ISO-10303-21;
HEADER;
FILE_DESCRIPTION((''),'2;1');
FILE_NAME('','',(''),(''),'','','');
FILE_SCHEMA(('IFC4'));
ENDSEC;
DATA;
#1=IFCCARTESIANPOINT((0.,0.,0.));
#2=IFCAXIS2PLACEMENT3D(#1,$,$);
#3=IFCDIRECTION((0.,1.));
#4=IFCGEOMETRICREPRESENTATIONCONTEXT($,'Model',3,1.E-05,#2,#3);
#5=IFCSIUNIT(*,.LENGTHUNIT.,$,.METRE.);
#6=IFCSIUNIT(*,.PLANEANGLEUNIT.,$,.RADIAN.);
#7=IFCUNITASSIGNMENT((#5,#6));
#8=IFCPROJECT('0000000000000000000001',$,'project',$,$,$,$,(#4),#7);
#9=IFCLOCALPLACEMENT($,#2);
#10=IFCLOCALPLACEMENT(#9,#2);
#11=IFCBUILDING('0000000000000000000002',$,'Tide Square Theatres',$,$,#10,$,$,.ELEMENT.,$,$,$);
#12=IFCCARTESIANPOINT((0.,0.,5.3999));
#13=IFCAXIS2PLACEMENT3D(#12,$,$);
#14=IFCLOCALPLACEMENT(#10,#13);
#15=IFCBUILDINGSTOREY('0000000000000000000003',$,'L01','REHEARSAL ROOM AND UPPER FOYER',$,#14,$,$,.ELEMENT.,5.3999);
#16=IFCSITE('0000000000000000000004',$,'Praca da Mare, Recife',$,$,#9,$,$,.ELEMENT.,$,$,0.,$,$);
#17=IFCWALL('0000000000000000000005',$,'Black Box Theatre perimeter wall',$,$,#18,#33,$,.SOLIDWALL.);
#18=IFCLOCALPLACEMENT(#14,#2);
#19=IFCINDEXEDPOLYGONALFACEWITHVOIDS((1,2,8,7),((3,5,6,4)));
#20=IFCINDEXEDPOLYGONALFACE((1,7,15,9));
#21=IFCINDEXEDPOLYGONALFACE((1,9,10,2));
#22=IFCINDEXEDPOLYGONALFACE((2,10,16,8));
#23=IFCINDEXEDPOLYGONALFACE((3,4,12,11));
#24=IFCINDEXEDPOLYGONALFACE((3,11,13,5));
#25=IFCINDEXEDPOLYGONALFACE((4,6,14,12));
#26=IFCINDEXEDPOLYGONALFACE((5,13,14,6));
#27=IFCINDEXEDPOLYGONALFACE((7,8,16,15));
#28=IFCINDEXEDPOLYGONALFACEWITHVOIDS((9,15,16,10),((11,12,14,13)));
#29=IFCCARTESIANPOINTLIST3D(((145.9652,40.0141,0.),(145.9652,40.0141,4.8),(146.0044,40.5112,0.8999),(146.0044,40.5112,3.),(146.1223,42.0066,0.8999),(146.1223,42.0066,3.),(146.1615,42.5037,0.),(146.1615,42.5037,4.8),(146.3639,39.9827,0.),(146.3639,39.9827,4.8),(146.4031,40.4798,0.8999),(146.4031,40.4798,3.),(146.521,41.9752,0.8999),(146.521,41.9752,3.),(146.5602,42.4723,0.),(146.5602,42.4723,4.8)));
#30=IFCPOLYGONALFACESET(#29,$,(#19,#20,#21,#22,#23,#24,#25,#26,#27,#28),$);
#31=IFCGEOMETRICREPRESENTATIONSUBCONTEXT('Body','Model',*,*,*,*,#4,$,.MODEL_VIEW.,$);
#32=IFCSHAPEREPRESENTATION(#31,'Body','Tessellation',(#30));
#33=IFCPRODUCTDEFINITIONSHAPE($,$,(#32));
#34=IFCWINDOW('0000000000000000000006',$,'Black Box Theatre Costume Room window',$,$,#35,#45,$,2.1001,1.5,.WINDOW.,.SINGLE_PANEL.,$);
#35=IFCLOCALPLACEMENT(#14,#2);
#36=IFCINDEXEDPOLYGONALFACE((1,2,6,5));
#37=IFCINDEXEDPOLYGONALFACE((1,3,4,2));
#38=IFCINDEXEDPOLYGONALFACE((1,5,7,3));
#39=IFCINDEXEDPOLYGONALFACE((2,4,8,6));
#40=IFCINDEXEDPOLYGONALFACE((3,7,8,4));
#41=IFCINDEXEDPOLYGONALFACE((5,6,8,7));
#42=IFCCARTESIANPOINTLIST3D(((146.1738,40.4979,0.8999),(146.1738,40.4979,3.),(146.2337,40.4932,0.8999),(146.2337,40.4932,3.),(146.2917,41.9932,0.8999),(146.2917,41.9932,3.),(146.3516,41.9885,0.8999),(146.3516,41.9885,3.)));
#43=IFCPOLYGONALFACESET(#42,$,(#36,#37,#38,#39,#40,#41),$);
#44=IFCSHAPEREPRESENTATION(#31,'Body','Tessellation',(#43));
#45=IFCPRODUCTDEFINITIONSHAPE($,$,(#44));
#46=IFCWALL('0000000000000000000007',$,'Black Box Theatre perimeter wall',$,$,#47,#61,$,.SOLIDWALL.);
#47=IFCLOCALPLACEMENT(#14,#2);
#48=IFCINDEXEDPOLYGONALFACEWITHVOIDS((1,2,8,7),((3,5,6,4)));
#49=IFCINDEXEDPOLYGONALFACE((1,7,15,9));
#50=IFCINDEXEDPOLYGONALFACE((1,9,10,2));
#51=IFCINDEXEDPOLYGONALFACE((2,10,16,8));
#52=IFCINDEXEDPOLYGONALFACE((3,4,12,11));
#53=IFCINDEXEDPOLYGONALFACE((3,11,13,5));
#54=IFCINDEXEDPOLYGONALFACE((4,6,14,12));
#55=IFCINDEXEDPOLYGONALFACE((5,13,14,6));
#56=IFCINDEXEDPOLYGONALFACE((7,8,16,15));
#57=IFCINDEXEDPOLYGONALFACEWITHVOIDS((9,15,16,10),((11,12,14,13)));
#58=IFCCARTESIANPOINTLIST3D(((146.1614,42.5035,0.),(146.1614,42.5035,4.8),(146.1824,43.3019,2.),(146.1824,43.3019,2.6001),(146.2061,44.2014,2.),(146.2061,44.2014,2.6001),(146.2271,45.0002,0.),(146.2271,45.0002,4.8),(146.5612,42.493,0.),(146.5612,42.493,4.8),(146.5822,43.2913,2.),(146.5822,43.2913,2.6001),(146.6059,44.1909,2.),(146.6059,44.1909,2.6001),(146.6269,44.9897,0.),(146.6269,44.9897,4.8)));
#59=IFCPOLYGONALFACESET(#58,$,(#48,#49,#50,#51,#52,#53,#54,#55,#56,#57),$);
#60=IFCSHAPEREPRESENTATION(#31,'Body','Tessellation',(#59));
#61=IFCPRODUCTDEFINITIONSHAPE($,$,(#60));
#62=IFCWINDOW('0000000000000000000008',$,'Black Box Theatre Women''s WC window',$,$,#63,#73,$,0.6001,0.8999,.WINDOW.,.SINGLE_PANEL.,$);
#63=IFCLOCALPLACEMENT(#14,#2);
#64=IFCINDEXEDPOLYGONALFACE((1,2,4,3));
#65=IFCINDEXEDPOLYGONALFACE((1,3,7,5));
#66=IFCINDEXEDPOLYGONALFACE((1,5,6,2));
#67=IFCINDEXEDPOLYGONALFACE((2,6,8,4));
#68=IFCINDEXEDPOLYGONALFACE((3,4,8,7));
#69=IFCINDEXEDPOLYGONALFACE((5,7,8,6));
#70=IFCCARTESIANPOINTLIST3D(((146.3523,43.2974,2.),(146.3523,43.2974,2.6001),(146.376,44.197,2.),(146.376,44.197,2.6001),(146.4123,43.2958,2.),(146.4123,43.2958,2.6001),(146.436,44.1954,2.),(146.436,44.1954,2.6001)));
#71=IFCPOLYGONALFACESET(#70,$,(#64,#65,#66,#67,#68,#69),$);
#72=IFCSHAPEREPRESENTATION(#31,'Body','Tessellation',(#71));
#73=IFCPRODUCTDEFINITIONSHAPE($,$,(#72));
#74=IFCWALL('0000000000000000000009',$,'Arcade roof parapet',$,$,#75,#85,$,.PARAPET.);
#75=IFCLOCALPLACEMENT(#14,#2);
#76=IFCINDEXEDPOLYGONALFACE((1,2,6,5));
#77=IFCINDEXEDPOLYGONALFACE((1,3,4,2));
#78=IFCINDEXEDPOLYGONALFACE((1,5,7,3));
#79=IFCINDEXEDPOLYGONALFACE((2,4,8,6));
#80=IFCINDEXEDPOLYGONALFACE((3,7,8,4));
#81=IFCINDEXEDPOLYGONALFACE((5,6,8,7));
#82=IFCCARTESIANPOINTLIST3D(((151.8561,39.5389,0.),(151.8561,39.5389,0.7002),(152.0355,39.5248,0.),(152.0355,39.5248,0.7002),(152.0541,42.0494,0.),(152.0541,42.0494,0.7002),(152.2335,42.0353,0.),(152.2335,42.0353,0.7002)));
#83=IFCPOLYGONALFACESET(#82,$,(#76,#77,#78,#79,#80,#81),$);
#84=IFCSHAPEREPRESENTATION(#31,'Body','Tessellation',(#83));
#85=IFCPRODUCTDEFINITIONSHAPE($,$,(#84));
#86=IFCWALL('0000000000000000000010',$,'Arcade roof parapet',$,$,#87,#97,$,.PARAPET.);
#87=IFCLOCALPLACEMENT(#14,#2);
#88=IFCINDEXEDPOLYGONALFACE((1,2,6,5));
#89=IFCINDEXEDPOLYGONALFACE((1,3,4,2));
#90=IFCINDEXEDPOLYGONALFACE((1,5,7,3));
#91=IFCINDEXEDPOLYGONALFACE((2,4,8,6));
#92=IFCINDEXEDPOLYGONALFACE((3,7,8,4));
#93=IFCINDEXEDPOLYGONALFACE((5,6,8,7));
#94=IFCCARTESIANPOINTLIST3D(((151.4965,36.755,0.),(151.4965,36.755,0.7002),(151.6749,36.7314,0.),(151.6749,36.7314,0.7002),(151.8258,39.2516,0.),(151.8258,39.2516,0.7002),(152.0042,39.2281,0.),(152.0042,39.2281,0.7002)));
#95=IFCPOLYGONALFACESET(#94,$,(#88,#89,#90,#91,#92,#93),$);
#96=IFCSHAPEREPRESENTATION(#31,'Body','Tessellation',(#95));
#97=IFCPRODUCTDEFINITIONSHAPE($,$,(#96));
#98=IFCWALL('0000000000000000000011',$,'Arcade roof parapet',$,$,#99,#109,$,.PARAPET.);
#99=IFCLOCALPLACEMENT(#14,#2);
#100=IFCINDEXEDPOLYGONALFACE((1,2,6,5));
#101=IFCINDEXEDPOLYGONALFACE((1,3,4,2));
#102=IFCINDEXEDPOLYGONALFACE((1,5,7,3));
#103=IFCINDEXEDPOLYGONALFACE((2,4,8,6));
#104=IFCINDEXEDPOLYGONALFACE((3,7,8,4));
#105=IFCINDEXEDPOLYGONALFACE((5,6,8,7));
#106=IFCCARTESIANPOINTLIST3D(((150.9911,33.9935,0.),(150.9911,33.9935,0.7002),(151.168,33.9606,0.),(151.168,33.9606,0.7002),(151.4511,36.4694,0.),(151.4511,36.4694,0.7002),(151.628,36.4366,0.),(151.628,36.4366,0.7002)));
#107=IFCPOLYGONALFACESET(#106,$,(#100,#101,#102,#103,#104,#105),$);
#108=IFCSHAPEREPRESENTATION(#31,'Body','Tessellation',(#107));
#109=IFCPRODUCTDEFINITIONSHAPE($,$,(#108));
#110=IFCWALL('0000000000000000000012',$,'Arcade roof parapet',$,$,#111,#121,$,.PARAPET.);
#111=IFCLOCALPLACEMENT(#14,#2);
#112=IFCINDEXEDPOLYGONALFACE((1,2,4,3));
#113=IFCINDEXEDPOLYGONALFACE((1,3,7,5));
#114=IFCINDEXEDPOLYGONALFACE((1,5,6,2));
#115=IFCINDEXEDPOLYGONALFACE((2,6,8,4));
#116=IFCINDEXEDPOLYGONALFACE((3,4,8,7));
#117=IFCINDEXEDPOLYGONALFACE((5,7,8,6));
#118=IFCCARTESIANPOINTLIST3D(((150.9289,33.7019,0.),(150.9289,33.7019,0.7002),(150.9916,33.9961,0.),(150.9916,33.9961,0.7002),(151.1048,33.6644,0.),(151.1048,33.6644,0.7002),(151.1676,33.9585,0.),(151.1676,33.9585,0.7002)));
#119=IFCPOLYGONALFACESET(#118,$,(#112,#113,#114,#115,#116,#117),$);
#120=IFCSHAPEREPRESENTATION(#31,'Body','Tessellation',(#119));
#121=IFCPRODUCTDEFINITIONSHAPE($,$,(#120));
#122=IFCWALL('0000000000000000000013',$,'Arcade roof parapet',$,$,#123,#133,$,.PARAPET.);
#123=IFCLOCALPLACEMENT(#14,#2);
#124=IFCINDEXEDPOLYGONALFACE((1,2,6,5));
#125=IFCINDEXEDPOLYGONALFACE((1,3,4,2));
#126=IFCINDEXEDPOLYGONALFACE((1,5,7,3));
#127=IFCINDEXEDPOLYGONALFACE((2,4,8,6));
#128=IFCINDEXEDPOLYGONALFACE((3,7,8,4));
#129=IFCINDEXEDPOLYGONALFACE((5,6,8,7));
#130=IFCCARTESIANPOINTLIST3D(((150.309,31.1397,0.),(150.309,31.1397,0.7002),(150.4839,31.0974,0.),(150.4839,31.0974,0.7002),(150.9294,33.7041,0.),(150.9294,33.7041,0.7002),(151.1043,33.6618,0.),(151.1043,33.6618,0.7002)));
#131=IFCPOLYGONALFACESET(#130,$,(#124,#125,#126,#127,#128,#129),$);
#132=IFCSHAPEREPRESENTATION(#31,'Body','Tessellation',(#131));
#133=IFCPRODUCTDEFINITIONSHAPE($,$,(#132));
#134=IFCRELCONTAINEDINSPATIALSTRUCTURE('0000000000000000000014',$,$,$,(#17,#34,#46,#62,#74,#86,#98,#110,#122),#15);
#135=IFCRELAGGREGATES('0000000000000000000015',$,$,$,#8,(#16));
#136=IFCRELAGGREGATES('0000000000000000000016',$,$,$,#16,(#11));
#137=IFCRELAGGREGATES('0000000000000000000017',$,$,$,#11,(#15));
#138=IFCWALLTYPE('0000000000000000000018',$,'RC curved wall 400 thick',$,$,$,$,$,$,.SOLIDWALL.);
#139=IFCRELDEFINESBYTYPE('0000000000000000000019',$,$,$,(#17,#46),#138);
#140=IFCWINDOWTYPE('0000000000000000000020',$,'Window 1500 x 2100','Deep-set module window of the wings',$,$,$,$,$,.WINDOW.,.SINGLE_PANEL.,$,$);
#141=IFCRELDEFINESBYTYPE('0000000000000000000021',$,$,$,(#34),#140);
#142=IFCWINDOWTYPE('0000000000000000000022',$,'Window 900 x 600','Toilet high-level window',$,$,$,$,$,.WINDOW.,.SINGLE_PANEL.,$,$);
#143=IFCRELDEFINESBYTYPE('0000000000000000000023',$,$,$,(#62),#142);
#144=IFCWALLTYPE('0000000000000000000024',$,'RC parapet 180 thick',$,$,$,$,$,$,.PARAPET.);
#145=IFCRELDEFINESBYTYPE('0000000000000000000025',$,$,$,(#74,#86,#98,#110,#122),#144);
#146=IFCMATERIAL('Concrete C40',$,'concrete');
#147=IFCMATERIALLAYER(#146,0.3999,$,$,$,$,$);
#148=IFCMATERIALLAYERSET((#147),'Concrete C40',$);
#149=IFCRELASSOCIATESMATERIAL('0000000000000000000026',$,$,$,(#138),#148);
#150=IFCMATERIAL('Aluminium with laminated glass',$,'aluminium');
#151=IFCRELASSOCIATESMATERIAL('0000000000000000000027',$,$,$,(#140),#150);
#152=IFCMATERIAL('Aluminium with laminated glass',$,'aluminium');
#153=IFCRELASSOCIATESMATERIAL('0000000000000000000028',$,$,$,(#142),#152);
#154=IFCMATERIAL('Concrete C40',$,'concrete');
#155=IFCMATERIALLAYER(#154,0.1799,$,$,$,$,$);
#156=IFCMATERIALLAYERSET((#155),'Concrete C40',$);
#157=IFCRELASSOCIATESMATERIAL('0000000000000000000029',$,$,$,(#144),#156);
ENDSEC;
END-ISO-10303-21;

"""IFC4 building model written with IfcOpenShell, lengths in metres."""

from ifc_helpers import new_model, si_unit, direction, frame, frame_2d, origin, place, context, subcontext, project, spatial, rectangle, extrude, material, layer, layer_set, type_object, element, fill, save


model = new_model("IFC4")

# Units and contexts
model_context = context("Model", 3, precision=1e-05, world=origin(), true_north=direction((0.0, 1.0)))
body_context = subcontext(model_context, "Body", "Model", "MODEL_VIEW")
ifc_project = project(units=[si_unit("LENGTHUNIT", "METRE"), si_unit("PLANEANGLEUNIT", "RADIAN")], contexts=[model_context])

# Site, building, storey
site_placement = place(None, origin())
site = spatial("IfcSite", under=ifc_project, at=site_placement, Name="Praca da Mare, Recife", CompositionType="ELEMENT", RefElevation=0.0)
building_placement = place(site_placement, origin())
building = spatial("IfcBuilding", under=site, at=building_placement, Name="Tide Square Theatres", CompositionType="ELEMENT")
storey_placement = place(building_placement, frame((0.0, 0.0, 5.3999)))
storey = spatial("IfcBuildingStorey", under=building, at=storey_placement, Name="L01", Description="REHEARSAL ROOM AND UPPER FOYER", CompositionType="ELEMENT", Elevation=5.3999)

# Walls, openings, windows
ifc_material_1 = material(Name="Concrete C40", Category="concrete")
ifc_layer_1 = layer(ifc_material_1, 0.3999)
ifc_layer_set_1 = layer_set([ifc_layer_1], Name="Concrete C40")
wall_type_1 = type_object("IfcWallType", Name="RC curved wall 400 thick", PredefinedType="SOLIDWALL", material=ifc_layer_set_1)
ifc_material_2 = material(Name="Aluminium with laminated glass", Category="aluminium")
window_type_1 = type_object("IfcWindowType", Name="Window 1500 x 2100", Description="Deep-set module window of the wings", PartitioningType="SINGLE_PANEL", PredefinedType="WINDOW", material=ifc_material_2)
wall_1_placement = place(storey_placement, frame((146.1646, 39.9985, 0.0), z_axis=(0.0, 0.0, 1.0), x_axis=(0.078603, 0.996906, 0.0)))
wall_1 = element("IfcWall", 1, at=wall_1_placement, inside=storey, type_object=wall_type_1, Name="Black Box Theatre perimeter wall", PredefinedType="SOLIDWALL", context=body_context, shape_type="SweptSolid", body=[
    extrude(rectangle(XDim=2.4973, YDim=0.3999, at=frame_2d((1.2485, 0.0))), origin(), (0.0, 0.0, 1.0), 4.8),
])
opening_1_placement = place(wall_1_placement, frame((0.4985, 0.0, 0.8999)))
opening_1 = element("IfcOpeningElement", 2, at=opening_1_placement, cuts=wall_1, PredefinedType="OPENING", context=body_context, shape_type="SweptSolid", body=[
    extrude(rectangle(XDim=1.5, YDim=2.1001, at=frame_2d((0.75, 1.05))), frame((0.0, 0.21, 0.0), z_axis=(0.0, -1.0, 0.0), x_axis=(1.0, 0.0, 0.0)), (0.0, 0.0, 1.0), 0.4199),
])
window_1_placement = place(opening_1_placement, origin())
window_1 = element("IfcWindow", 3, at=window_1_placement, inside=storey, type_object=window_type_1, Name="Black Box Theatre Costume Room window", OverallHeight=2.1001, OverallWidth=1.5, PartitioningType="SINGLE_PANEL", PredefinedType="WINDOW", context=body_context, shape_type="SweptSolid", body=[
    extrude(rectangle(XDim=1.5, YDim=2.1001, at=frame_2d((0.75, 1.05))), frame((0.0, 0.03, 0.0), z_axis=(0.0, -1.0, 0.0), x_axis=(1.0, 0.0, 0.0)), (0.0, 0.0, 1.0), 0.0601),
])
fill(opening_1, window_1)
wall_2_placement = place(storey_placement, frame((146.3613, 42.4983, 0.0), z_axis=(0.0, 0.0, 1.0), x_axis=(0.026296, 0.999654, 0.0)))
wall_2 = element("IfcWall", 4, at=wall_2_placement, inside=storey, type_object=wall_type_1, Name="Black Box Theatre perimeter wall", PredefinedType="SOLIDWALL", context=body_context, shape_type="SweptSolid", body=[
    extrude(rectangle(XDim=2.4976, YDim=0.3999, at=frame_2d((1.2488, 0.0))), origin(), (0.0, 0.0, 1.0), 4.8),
])
opening_2_placement = place(wall_2_placement, frame((0.7986, 0.0, 2.0)))
opening_2 = element("IfcOpeningElement", 5, at=opening_2_placement, cuts=wall_2, PredefinedType="OPENING", context=body_context, shape_type="SweptSolid", body=[
    extrude(rectangle(XDim=0.8999, YDim=0.6001, at=frame_2d((0.45, 0.3))), frame((0.0, 0.21, 0.0), z_axis=(0.0, -1.0, 0.0), x_axis=(1.0, 0.0, 0.0)), (0.0, 0.0, 1.0), 0.4199),
])
ifc_material_3 = material(Name="Aluminium with laminated glass", Category="aluminium")
window_type_2 = type_object("IfcWindowType", Name="Window 900 x 600", Description="Toilet high-level window", PartitioningType="SINGLE_PANEL", PredefinedType="WINDOW", material=ifc_material_3)
window_2_placement = place(opening_2_placement, origin())
window_2 = element("IfcWindow", 6, at=window_2_placement, inside=storey, type_object=window_type_2, Name="Black Box Theatre Women's WC window", OverallHeight=0.6001, OverallWidth=0.8999, PartitioningType="SINGLE_PANEL", PredefinedType="WINDOW", context=body_context, shape_type="SweptSolid", body=[
    extrude(rectangle(XDim=0.8999, YDim=0.6001, at=frame_2d((0.45, 0.3))), frame((0.0, 0.03, 0.0), z_axis=(0.0, -1.0, 0.0), x_axis=(1.0, 0.0, 0.0)), (0.0, 0.0, 1.0), 0.0601),
])
fill(opening_2, window_2)

# Walls
ifc_material_4 = material(Name="Concrete C40", Category="concrete")
ifc_layer_2 = layer(ifc_material_4, 0.1799)
ifc_layer_set_2 = layer_set([ifc_layer_2], Name="Concrete C40")
wall_type_2 = type_object("IfcWallType", Name="RC parapet 180 thick", PredefinedType="PARAPET", material=ifc_layer_set_2)
for number, where, z_axis, x_axis, name in (
    (7, (152.1438, 42.0425, 0.0), (0.0, 0.0, 1.0), (-0.078624, -0.996904, 0.0), "Arcade roof parapet"),
    (8, (151.915, 39.24, 0.0), (0.0, 0.0, 1.0), (-0.130786, -0.991411, 0.0), "Arcade roof parapet"),
    (9, (151.5396, 36.4531, 0.0), (0.0, 0.0, 1.0), (-0.182655, -0.983177, 0.0), "Arcade roof parapet"),
):
    element("IfcWall", number, at=place(storey_placement, frame(where, z_axis=z_axis, x_axis=x_axis)), inside=storey, type_object=wall_type_2, Name=name, PredefinedType="PARAPET", context=body_context, shape_type="SweptSolid", body=[
        extrude(rectangle(XDim=2.5183, YDim=0.1799, at=frame_2d((1.2593, 0.0))), origin(), (0.0, 0.0, 1.0), 0.7002),
    ])
wall_3_placement = place(storey_placement, frame((151.0796, 33.9773, 0.0), z_axis=(0.0, 0.0, 1.0), x_axis=(-0.208587, -0.978004, 0.0)))
element("IfcWall", 10, at=wall_3_placement, inside=storey, type_object=wall_type_2, Name="Arcade roof parapet", PredefinedType="PARAPET", context=body_context, shape_type="SweptSolid", body=[
    extrude(rectangle(XDim=0.3008, YDim=0.1799, at=frame_2d((0.1504, 0.0))), origin(), (0.0, 0.0, 1.0), 0.7002),
])
wall_4_placement = place(storey_placement, frame((151.0168, 33.6831, 0.0), z_axis=(0.0, 0.0, 1.0), x_axis=(-0.235126, -0.971965, 0.0)))
element("IfcWall", 11, at=wall_4_placement, inside=storey, type_object=wall_type_2, Name="Arcade roof parapet", PredefinedType="PARAPET", context=body_context, shape_type="SweptSolid", body=[
    extrude(rectangle(XDim=2.6384, YDim=0.1799, at=frame_2d((1.3193, 0.0))), origin(), (0.0, 0.0, 1.0), 0.7002),
])

save(model, "model.ifc")
